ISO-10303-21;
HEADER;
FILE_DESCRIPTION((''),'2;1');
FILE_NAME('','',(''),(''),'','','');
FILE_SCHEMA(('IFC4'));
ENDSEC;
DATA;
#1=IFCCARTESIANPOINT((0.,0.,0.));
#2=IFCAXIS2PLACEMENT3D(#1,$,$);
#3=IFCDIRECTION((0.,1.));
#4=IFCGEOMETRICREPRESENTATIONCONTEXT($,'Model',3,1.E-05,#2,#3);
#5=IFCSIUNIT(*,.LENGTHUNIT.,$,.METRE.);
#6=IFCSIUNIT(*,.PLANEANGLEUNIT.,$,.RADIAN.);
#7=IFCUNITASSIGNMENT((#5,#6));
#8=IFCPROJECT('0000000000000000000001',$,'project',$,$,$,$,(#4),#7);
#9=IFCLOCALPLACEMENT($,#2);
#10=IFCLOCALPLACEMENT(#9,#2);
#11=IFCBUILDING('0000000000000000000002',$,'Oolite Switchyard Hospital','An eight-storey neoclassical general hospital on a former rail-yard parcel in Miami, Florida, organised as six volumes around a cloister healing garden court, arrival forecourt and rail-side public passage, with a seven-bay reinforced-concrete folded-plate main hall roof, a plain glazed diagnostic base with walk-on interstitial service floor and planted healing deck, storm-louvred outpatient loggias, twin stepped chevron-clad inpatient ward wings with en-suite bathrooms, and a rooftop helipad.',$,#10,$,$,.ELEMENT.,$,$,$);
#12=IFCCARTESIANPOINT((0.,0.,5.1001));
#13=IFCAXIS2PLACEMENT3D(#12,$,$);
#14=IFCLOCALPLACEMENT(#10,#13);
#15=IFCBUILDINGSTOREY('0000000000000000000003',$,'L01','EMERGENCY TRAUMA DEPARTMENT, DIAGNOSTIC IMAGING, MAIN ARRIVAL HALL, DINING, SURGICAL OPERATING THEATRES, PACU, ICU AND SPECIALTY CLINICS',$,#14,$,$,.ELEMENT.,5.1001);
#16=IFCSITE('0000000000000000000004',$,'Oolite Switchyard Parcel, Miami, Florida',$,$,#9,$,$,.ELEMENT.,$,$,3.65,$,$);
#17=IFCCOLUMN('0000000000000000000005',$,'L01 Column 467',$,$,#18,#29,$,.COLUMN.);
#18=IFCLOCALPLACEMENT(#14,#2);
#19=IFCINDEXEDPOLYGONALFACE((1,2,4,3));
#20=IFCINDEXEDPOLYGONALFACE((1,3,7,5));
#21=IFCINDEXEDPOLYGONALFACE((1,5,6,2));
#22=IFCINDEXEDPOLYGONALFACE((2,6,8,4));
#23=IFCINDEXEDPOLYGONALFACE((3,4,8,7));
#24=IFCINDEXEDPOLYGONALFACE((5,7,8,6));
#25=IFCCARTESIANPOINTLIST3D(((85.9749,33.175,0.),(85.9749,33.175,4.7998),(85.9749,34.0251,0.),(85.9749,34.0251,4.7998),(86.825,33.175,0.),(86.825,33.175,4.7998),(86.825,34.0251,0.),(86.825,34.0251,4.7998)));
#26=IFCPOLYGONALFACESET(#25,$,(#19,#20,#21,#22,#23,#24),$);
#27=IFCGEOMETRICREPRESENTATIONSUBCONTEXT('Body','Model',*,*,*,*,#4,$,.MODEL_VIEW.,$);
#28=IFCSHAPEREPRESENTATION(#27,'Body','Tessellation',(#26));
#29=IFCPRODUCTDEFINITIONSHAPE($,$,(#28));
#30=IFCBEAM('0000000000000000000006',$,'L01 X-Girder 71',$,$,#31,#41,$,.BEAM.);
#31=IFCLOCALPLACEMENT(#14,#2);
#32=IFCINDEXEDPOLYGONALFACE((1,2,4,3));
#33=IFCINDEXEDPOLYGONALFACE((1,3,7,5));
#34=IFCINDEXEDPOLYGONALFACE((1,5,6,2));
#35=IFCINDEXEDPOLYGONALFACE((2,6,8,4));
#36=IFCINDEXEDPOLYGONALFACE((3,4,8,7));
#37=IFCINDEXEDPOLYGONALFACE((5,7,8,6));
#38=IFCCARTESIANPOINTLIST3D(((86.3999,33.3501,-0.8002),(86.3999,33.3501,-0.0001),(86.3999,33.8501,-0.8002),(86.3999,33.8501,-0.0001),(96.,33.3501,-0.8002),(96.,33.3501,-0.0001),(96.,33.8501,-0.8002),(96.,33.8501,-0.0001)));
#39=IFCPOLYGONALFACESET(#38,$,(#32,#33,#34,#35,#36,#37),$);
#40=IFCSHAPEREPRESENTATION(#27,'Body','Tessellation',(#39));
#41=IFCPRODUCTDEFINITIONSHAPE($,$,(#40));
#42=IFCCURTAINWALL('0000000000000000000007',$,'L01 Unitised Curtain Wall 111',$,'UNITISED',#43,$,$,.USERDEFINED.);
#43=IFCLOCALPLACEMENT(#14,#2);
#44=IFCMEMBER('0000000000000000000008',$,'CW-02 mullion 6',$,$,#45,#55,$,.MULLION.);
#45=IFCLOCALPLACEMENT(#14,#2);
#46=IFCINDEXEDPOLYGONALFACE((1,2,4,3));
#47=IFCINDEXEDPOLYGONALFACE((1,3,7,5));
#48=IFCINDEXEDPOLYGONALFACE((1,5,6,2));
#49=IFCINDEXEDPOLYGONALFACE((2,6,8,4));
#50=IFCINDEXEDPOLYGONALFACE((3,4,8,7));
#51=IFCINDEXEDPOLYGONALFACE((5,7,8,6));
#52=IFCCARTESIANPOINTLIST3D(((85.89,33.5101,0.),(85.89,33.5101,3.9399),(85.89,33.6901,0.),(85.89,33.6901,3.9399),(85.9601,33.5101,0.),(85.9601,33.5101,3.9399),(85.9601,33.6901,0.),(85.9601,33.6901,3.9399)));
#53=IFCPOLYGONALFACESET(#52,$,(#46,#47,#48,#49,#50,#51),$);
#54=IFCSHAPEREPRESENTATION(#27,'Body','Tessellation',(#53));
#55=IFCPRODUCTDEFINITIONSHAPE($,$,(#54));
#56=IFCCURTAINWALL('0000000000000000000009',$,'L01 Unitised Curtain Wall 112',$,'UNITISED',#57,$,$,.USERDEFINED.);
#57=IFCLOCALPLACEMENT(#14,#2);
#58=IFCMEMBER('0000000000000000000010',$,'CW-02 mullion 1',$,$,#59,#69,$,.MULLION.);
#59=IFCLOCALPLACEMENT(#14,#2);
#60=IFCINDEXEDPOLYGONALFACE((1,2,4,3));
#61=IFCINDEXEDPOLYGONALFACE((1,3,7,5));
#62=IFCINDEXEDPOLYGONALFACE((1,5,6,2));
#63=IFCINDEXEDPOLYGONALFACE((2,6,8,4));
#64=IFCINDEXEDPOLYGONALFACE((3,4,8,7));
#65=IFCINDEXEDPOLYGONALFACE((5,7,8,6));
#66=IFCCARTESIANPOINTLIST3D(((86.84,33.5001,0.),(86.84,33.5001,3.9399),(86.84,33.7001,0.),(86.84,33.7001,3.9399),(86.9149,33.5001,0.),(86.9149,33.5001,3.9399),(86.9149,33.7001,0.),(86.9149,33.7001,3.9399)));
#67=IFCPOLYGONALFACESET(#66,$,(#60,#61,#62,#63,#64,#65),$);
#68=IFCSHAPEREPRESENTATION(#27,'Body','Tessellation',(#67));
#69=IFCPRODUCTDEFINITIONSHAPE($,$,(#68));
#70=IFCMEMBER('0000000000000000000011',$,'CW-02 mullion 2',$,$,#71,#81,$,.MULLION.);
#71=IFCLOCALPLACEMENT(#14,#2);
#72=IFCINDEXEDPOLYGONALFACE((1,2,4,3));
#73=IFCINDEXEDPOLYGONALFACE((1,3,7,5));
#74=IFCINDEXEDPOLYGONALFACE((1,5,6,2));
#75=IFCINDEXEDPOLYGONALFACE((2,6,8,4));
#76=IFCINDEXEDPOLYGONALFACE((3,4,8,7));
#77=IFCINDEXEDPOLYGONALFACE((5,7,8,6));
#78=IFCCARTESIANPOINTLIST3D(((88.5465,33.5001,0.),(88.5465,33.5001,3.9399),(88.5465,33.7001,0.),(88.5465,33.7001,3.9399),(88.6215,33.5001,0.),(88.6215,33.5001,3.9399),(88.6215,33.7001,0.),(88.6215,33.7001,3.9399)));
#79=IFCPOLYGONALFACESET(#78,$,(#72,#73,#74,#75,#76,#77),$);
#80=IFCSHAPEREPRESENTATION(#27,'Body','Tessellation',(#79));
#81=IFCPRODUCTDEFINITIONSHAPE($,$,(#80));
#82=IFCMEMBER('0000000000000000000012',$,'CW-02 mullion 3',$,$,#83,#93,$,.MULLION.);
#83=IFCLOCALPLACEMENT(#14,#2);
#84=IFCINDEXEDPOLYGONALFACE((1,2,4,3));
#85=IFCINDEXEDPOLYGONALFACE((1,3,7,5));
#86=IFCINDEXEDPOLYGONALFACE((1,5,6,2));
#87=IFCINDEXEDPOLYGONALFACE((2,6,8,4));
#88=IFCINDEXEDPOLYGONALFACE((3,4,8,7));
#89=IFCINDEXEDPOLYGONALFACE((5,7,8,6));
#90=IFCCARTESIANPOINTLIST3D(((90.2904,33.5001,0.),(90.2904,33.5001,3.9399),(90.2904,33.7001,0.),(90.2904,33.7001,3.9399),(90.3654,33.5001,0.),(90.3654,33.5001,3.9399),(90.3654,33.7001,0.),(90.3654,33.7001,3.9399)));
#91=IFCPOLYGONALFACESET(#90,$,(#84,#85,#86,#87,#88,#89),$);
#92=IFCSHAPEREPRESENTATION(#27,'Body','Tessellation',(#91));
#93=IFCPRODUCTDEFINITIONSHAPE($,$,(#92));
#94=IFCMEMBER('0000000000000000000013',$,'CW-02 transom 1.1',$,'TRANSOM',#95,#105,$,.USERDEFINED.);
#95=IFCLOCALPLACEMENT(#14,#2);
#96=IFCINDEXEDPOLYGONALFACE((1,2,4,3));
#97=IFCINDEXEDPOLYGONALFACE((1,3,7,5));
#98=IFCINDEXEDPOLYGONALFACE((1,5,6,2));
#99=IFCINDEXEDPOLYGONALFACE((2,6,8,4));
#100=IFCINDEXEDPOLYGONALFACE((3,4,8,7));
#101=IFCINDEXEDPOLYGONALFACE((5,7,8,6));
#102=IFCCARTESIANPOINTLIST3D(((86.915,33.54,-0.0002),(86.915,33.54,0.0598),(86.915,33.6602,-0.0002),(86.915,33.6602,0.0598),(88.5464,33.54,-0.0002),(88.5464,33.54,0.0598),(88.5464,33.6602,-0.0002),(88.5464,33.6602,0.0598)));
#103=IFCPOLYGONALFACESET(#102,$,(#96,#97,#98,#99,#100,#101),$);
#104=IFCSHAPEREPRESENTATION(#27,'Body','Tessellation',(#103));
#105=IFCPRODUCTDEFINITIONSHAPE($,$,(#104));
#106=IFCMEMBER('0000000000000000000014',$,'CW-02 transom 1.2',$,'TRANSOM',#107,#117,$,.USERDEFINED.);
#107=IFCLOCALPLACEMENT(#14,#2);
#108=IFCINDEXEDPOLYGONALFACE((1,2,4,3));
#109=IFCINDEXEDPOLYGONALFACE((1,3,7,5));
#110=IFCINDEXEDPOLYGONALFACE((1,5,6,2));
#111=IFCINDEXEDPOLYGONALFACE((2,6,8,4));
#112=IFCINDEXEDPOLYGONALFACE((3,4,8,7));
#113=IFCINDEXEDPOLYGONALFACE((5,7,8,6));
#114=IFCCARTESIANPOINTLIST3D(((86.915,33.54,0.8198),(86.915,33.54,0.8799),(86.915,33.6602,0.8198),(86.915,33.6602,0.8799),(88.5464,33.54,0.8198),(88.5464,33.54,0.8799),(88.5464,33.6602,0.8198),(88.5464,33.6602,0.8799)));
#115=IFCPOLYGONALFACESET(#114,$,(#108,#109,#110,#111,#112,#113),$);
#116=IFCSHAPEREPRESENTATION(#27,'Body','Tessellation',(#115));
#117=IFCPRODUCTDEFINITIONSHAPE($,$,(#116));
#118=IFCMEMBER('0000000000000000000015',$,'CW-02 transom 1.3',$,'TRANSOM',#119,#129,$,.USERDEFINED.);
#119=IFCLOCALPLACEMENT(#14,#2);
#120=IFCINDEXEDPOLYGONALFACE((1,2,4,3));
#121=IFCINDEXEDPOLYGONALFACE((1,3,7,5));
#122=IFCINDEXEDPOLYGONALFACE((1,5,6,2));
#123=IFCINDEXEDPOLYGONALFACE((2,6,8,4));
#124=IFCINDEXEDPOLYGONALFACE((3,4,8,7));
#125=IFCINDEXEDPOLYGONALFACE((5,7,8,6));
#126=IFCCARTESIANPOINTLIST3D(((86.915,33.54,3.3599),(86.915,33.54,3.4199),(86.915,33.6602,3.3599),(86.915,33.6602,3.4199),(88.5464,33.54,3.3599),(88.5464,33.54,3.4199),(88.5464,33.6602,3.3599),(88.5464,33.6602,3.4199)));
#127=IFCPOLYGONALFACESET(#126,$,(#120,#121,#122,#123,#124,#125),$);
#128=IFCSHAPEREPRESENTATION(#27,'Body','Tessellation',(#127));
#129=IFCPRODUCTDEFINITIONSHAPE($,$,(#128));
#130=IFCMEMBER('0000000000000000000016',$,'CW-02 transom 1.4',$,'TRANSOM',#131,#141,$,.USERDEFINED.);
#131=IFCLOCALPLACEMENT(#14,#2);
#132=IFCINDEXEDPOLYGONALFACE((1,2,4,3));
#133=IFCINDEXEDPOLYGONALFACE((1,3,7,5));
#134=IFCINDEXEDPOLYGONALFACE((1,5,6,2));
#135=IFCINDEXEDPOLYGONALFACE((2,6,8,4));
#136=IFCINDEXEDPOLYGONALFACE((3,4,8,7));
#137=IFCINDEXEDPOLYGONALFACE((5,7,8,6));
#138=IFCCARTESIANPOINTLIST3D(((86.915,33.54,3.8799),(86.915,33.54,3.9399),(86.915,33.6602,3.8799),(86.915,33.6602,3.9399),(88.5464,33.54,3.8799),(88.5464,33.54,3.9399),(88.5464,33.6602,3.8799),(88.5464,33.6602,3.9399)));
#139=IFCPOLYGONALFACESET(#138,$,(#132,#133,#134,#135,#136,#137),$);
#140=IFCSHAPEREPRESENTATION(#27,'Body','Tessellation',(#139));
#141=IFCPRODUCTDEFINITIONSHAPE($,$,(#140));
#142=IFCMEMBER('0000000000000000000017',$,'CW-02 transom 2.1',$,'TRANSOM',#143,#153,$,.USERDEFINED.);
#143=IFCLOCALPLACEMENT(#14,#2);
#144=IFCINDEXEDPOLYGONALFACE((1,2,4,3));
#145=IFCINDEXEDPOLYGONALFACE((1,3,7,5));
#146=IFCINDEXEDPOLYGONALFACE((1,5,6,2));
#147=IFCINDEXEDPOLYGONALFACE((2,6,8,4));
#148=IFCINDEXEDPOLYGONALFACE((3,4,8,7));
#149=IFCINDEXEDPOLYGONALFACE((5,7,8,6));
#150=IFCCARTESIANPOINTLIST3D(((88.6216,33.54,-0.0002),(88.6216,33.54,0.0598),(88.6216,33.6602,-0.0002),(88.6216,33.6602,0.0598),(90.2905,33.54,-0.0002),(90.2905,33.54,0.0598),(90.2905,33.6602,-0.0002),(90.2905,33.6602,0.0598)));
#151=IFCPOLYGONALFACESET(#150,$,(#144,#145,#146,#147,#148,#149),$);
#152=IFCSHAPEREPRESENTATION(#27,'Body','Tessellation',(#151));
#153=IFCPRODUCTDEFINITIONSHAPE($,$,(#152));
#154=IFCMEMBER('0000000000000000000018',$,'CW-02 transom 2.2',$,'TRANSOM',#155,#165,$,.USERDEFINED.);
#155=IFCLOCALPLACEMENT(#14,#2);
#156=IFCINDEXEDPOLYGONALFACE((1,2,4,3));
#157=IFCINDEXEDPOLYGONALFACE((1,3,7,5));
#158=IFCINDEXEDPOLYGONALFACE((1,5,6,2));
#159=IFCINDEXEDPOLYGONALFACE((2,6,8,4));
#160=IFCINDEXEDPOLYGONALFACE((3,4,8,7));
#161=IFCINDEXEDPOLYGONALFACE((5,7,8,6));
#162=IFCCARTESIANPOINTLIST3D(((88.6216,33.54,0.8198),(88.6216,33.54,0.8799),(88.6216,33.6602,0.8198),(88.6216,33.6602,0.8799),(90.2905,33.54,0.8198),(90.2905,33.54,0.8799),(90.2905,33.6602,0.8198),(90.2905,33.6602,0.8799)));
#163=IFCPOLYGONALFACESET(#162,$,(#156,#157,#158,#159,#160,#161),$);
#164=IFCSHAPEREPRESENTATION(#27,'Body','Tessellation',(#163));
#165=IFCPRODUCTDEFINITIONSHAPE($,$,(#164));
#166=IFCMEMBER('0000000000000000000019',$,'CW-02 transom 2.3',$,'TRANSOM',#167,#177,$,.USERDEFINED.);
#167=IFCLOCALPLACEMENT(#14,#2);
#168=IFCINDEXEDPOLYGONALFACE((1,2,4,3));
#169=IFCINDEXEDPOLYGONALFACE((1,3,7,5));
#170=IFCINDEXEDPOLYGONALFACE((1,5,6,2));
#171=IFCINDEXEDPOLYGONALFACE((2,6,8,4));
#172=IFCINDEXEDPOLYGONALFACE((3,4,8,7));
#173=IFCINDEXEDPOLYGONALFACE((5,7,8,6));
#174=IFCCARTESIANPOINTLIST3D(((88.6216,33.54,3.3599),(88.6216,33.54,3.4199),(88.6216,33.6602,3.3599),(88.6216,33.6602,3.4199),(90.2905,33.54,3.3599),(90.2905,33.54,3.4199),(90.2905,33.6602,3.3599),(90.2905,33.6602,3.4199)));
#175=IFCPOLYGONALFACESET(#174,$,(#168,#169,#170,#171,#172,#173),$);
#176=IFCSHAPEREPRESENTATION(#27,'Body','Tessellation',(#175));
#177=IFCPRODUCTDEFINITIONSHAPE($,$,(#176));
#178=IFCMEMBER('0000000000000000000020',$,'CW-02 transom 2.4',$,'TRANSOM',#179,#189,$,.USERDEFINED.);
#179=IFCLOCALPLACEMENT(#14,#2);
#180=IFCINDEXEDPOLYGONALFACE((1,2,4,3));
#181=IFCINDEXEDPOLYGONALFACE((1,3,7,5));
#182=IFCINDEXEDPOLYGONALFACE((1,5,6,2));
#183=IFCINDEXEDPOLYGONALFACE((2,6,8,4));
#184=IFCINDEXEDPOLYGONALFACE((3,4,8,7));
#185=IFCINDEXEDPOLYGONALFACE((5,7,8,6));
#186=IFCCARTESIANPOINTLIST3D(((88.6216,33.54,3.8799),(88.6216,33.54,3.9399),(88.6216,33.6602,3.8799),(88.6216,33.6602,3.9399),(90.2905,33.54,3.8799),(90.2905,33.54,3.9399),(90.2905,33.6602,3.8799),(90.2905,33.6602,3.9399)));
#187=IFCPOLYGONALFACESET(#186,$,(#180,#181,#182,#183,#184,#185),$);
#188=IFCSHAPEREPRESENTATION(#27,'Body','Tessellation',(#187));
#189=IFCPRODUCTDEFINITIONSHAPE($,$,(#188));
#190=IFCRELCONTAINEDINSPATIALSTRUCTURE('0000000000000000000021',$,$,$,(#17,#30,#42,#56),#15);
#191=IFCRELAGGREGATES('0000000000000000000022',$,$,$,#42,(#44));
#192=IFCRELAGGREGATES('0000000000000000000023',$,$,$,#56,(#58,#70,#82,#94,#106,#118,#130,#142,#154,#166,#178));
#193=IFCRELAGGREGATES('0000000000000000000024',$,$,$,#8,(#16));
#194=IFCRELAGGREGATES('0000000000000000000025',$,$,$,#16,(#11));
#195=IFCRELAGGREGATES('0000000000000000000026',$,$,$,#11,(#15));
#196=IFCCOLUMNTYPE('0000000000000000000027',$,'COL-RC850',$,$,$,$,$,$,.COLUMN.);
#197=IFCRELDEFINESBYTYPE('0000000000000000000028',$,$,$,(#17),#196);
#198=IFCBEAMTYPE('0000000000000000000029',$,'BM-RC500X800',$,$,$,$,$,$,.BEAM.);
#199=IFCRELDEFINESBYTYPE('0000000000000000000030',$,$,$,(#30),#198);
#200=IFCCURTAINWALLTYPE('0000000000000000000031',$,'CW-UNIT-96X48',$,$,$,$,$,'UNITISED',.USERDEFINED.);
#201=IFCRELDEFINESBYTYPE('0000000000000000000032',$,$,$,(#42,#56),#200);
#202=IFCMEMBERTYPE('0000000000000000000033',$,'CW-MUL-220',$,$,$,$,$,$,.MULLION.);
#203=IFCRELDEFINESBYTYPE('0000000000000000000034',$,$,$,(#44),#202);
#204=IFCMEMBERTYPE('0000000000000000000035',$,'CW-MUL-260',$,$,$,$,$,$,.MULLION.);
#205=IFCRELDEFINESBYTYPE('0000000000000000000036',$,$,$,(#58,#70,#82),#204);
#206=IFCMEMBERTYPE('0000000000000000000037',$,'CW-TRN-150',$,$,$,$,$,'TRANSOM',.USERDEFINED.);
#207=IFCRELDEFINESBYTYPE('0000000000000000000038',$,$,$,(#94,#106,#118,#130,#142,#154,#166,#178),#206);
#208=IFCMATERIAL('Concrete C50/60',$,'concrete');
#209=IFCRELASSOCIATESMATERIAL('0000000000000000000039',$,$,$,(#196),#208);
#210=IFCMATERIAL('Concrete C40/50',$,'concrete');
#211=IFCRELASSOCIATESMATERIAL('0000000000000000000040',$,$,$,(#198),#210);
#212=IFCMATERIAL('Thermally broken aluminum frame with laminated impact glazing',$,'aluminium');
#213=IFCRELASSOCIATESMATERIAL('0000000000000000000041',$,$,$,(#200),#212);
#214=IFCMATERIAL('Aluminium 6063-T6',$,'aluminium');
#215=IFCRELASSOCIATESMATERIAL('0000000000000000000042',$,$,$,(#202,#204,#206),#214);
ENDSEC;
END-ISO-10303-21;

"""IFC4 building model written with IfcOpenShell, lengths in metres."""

from ifc_helpers import new_model, si_unit, direction, frame, origin, origin_2d, place, context, subcontext, project, spatial, rectangle, extrude, material, material_profile, profile_set, type_object, element, aggregate, save


model = new_model("IFC4")

# Units and contexts
model_context = context("Model", 3, precision=1e-05, world=origin(), true_north=direction((0.0, 1.0)))
body_context = subcontext(model_context, "Body", "Model", "MODEL_VIEW")
ifc_project = project(units=[si_unit("LENGTHUNIT", "METRE"), si_unit("PLANEANGLEUNIT", "RADIAN")], contexts=[model_context])

# Site, building, storey
site_placement = place(None, origin())
site = spatial("IfcSite", under=ifc_project, at=site_placement, Name="Oolite Switchyard Parcel, Miami, Florida", CompositionType="ELEMENT", RefElevation=3.65)
building_placement = place(site_placement, origin())
building = spatial("IfcBuilding", under=site, at=building_placement, Name="Oolite Switchyard Hospital", Description="An eight-storey neoclassical general hospital on a former rail-yard parcel in Miami, Florida, organised as six volumes around a cloister healing garden court, arrival forecourt and rail-side public passage, with a seven-bay reinforced-concrete folded-plate main hall roof, a plain glazed diagnostic base with walk-on interstitial service floor and planted healing deck, storm-louvred outpatient loggias, twin stepped chevron-clad inpatient ward wings with en-suite bathrooms, and a rooftop helipad.", CompositionType="ELEMENT")
storey_placement = place(building_placement, frame((0.0, 0.0, 5.1001)))
storey = spatial("IfcBuildingStorey", under=building, at=storey_placement, Name="L01", Description="EMERGENCY TRAUMA DEPARTMENT, DIAGNOSTIC IMAGING, MAIN ARRIVAL HALL, DINING, SURGICAL OPERATING THEATRES, PACU, ICU AND SPECIALTY CLINICS", CompositionType="ELEMENT", Elevation=5.1001)

# Column
ifc_material_1 = material(Name="Concrete C50/60", Category="concrete")
ifc_material_profile_1 = material_profile(ifc_material_1, rectangle(XDim=0.8501, YDim=0.8501, at=origin_2d()), Name="RC850X850")
ifc_profile_set_1 = profile_set([ifc_material_profile_1], Name="Concrete C50/60")
column_type = type_object("IfcColumnType", Name="COL-RC850", PredefinedType="COLUMN", material=ifc_profile_set_1)
column_placement = place(storey_placement, frame((86.3999, 33.6001, 0.0), z_axis=(0.0, 0.0, 1.0), x_axis=(1.0, 0.0, 0.0)))
element("IfcColumn", 1, at=column_placement, inside=storey, type_object=column_type, Name="L01 Column 467", PredefinedType="COLUMN", context=body_context, shape_type="SweptSolid", body=[
    extrude(rectangle(XDim=0.8501, YDim=0.8501, at=origin_2d()), origin(), (0.0, 0.0, 1.0), 4.7998),
])

# Beam
ifc_material_2 = material(Name="Concrete C40/50", Category="concrete")
ifc_material_profile_2 = material_profile(ifc_material_2, rectangle(XDim=0.5, YDim=0.8, at=origin_2d()), Name="RCB500X800")
ifc_profile_set_2 = profile_set([ifc_material_profile_2], Name="Concrete C40/50")
beam_type = type_object("IfcBeamType", Name="BM-RC500X800", PredefinedType="BEAM", material=ifc_profile_set_2)
beam_placement = place(storey_placement, frame((86.3999, 33.6001, -0.4001), z_axis=(1.0, 0.0, 0.0), x_axis=(0.0, 1.0, 0.0)))
element("IfcBeam", 2, at=beam_placement, inside=storey, type_object=beam_type, Name="L01 X-Girder 71", PredefinedType="BEAM", context=body_context, shape_type="SweptSolid", body=[
    extrude(rectangle(XDim=0.5, YDim=0.8, at=origin_2d()), origin(), (0.0, 0.0, 1.0), 9.6001),
])

# Curtain wall, member
ifc_material_3 = material(Name="Thermally broken aluminum frame with laminated impact glazing", Category="aluminium")
curtain_wall_type = type_object("IfcCurtainWallType", Name="CW-UNIT-96X48", ElementType="UNITISED", PredefinedType="USERDEFINED", material=ifc_material_3)
curtain_wall_1_placement = place(storey_placement, origin())
curtain_wall_1 = element("IfcCurtainWall", 3, at=curtain_wall_1_placement, inside=storey, type_object=curtain_wall_type, Name="L01 Unitised Curtain Wall 111", ObjectType="UNITISED", PredefinedType="USERDEFINED")
ifc_material_4 = material(Name="Aluminium 6063-T6", Category="aluminium")
ifc_material_profile_3 = material_profile(ifc_material_4, rectangle(XDim=0.1799, YDim=0.0701, at=origin_2d()), Name="CWM70X180")
ifc_profile_set_3 = profile_set([ifc_material_profile_3], Name="Aluminium 6063-T6")
member_type_1 = type_object("IfcMemberType", Name="CW-MUL-220", PredefinedType="MULLION", material=ifc_profile_set_3)
member_1_placement = place(storey_placement, frame((85.925, 33.6001, 0.0), z_axis=(0.0, 0.0, 1.0), x_axis=(0.0, 1.0, 0.0)))
member_1 = element("IfcMember", 4, at=member_1_placement, type_object=member_type_1, Name="CW-02 mullion 6", PredefinedType="MULLION", context=body_context, shape_type="SweptSolid", body=[
    extrude(rectangle(XDim=0.1799, YDim=0.0701, at=origin_2d()), origin(), (0.0, 0.0, 1.0), 3.9399),
])
aggregate(curtain_wall_1, [member_1])

# Curtain wall, members
curtain_wall_2_placement = place(storey_placement, origin())
curtain_wall_2 = element("IfcCurtainWall", 5, at=curtain_wall_2_placement, inside=storey, type_object=curtain_wall_type, Name="L01 Unitised Curtain Wall 112", ObjectType="UNITISED", PredefinedType="USERDEFINED")
ifc_material_profile_4 = material_profile(ifc_material_4, rectangle(XDim=0.2, YDim=0.075, at=origin_2d()), Name="CWM75X200")
ifc_profile_set_4 = profile_set([ifc_material_profile_4], Name="Aluminium 6063-T6")
member_type_2 = type_object("IfcMemberType", Name="CW-MUL-260", PredefinedType="MULLION", material=ifc_profile_set_4)
member_2_placement = place(storey_placement, frame((86.8774, 33.6001, 0.0), z_axis=(0.0, 0.0, 1.0), x_axis=(0.0, 1.0, 0.0)))
member_2 = element("IfcMember", 6, at=member_2_placement, type_object=member_type_2, Name="CW-02 mullion 1", PredefinedType="MULLION", context=body_context, shape_type="SweptSolid", body=[
    extrude(rectangle(XDim=0.2, YDim=0.075, at=origin_2d()), origin(), (0.0, 0.0, 1.0), 3.9399),
])
member_3_placement = place(storey_placement, frame((88.584, 33.6001, 0.0), z_axis=(0.0, 0.0, 1.0), x_axis=(0.0, 1.0, 0.0)))
member_3 = element("IfcMember", 7, at=member_3_placement, type_object=member_type_2, Name="CW-02 mullion 2", PredefinedType="MULLION", context=body_context, shape_type="SweptSolid", body=[
    extrude(rectangle(XDim=0.2, YDim=0.075, at=origin_2d()), origin(), (0.0, 0.0, 1.0), 3.9399),
])
member_4_placement = place(storey_placement, frame((90.3279, 33.6001, 0.0), z_axis=(0.0, 0.0, 1.0), x_axis=(0.0, 1.0, 0.0)))
member_4 = element("IfcMember", 8, at=member_4_placement, type_object=member_type_2, Name="CW-02 mullion 3", PredefinedType="MULLION", context=body_context, shape_type="SweptSolid", body=[
    extrude(rectangle(XDim=0.2, YDim=0.075, at=origin_2d()), origin(), (0.0, 0.0, 1.0), 3.9399),
])
ifc_material_profile_5 = material_profile(ifc_material_4, rectangle(XDim=0.1201, YDim=0.0601, at=origin_2d()), Name="CWT60X120")
ifc_profile_set_5 = profile_set([ifc_material_profile_5], Name="Aluminium 6063-T6")
member_type_3 = type_object("IfcMemberType", Name="CW-TRN-150", ElementType="TRANSOM", PredefinedType="USERDEFINED", material=ifc_profile_set_5)
member_5_placement = place(storey_placement, frame((86.915, 33.6001, 0.0298), z_axis=(1.0, 0.0, 0.0), x_axis=(0.0, 1.0, 0.0)))
member_5 = element("IfcMember", 9, at=member_5_placement, type_object=member_type_3, Name="CW-02 transom 1.1", ObjectType="TRANSOM", PredefinedType="USERDEFINED", context=body_context, shape_type="SweptSolid", body=[
    extrude(rectangle(XDim=0.1201, YDim=0.0601, at=origin_2d()), origin(), (0.0, 0.0, 1.0), 1.6313),
])
member_6_placement = place(storey_placement, frame((86.915, 33.6001, 0.8499), z_axis=(1.0, 0.0, 0.0), x_axis=(0.0, 1.0, 0.0)))
member_6 = element("IfcMember", 10, at=member_6_placement, type_object=member_type_3, Name="CW-02 transom 1.2", ObjectType="TRANSOM", PredefinedType="USERDEFINED", context=body_context, shape_type="SweptSolid", body=[
    extrude(rectangle(XDim=0.1201, YDim=0.0601, at=origin_2d()), origin(), (0.0, 0.0, 1.0), 1.6313),
])
member_7_placement = place(storey_placement, frame((86.915, 33.6001, 3.3899), z_axis=(1.0, 0.0, 0.0), x_axis=(0.0, 1.0, 0.0)))
member_7 = element("IfcMember", 11, at=member_7_placement, type_object=member_type_3, Name="CW-02 transom 1.3", ObjectType="TRANSOM", PredefinedType="USERDEFINED", context=body_context, shape_type="SweptSolid", body=[
    extrude(rectangle(XDim=0.1201, YDim=0.0601, at=origin_2d()), origin(), (0.0, 0.0, 1.0), 1.6313),
])
member_8_placement = place(storey_placement, frame((86.915, 33.6001, 3.9099), z_axis=(1.0, 0.0, 0.0), x_axis=(0.0, 1.0, 0.0)))
member_8 = element("IfcMember", 12, at=member_8_placement, type_object=member_type_3, Name="CW-02 transom 1.4", ObjectType="TRANSOM", PredefinedType="USERDEFINED", context=body_context, shape_type="SweptSolid", body=[
    extrude(rectangle(XDim=0.1201, YDim=0.0601, at=origin_2d()), origin(), (0.0, 0.0, 1.0), 1.6313),
])
member_9_placement = place(storey_placement, frame((88.6216, 33.6001, 0.0298), z_axis=(1.0, 0.0, 0.0), x_axis=(0.0, 1.0, 0.0)))
member_9 = element("IfcMember", 13, at=member_9_placement, type_object=member_type_3, Name="CW-02 transom 2.1", ObjectType="TRANSOM", PredefinedType="USERDEFINED", context=body_context, shape_type="SweptSolid", body=[
    extrude(rectangle(XDim=0.1201, YDim=0.0601, at=origin_2d()), origin(), (0.0, 0.0, 1.0), 1.6689),
])
member_10_placement = place(storey_placement, frame((88.6216, 33.6001, 0.8499), z_axis=(1.0, 0.0, 0.0), x_axis=(0.0, 1.0, 0.0)))
member_10 = element("IfcMember", 14, at=member_10_placement, type_object=member_type_3, Name="CW-02 transom 2.2", ObjectType="TRANSOM", PredefinedType="USERDEFINED", context=body_context, shape_type="SweptSolid", body=[
    extrude(rectangle(XDim=0.1201, YDim=0.0601, at=origin_2d()), origin(), (0.0, 0.0, 1.0), 1.6689),
])
member_11_placement = place(storey_placement, frame((88.6216, 33.6001, 3.3899), z_axis=(1.0, 0.0, 0.0), x_axis=(0.0, 1.0, 0.0)))
member_11 = element("IfcMember", 15, at=member_11_placement, type_object=member_type_3, Name="CW-02 transom 2.3", ObjectType="TRANSOM", PredefinedType="USERDEFINED", context=body_context, shape_type="SweptSolid", body=[
    extrude(rectangle(XDim=0.1201, YDim=0.0601, at=origin_2d()), origin(), (0.0, 0.0, 1.0), 1.6689),
])
member_12_placement = place(storey_placement, frame((88.6216, 33.6001, 3.9099), z_axis=(1.0, 0.0, 0.0), x_axis=(0.0, 1.0, 0.0)))
member_12 = element("IfcMember", 16, at=member_12_placement, type_object=member_type_3, Name="CW-02 transom 2.4", ObjectType="TRANSOM", PredefinedType="USERDEFINED", context=body_context, shape_type="SweptSolid", body=[
    extrude(rectangle(XDim=0.1201, YDim=0.0601, at=origin_2d()), origin(), (0.0, 0.0, 1.0), 1.6689),
])
aggregate(curtain_wall_2, [member_2, member_3, member_4, member_5, member_6, member_7, member_8, member_9, member_10, member_11, member_12])

save(model, "model.ifc")
